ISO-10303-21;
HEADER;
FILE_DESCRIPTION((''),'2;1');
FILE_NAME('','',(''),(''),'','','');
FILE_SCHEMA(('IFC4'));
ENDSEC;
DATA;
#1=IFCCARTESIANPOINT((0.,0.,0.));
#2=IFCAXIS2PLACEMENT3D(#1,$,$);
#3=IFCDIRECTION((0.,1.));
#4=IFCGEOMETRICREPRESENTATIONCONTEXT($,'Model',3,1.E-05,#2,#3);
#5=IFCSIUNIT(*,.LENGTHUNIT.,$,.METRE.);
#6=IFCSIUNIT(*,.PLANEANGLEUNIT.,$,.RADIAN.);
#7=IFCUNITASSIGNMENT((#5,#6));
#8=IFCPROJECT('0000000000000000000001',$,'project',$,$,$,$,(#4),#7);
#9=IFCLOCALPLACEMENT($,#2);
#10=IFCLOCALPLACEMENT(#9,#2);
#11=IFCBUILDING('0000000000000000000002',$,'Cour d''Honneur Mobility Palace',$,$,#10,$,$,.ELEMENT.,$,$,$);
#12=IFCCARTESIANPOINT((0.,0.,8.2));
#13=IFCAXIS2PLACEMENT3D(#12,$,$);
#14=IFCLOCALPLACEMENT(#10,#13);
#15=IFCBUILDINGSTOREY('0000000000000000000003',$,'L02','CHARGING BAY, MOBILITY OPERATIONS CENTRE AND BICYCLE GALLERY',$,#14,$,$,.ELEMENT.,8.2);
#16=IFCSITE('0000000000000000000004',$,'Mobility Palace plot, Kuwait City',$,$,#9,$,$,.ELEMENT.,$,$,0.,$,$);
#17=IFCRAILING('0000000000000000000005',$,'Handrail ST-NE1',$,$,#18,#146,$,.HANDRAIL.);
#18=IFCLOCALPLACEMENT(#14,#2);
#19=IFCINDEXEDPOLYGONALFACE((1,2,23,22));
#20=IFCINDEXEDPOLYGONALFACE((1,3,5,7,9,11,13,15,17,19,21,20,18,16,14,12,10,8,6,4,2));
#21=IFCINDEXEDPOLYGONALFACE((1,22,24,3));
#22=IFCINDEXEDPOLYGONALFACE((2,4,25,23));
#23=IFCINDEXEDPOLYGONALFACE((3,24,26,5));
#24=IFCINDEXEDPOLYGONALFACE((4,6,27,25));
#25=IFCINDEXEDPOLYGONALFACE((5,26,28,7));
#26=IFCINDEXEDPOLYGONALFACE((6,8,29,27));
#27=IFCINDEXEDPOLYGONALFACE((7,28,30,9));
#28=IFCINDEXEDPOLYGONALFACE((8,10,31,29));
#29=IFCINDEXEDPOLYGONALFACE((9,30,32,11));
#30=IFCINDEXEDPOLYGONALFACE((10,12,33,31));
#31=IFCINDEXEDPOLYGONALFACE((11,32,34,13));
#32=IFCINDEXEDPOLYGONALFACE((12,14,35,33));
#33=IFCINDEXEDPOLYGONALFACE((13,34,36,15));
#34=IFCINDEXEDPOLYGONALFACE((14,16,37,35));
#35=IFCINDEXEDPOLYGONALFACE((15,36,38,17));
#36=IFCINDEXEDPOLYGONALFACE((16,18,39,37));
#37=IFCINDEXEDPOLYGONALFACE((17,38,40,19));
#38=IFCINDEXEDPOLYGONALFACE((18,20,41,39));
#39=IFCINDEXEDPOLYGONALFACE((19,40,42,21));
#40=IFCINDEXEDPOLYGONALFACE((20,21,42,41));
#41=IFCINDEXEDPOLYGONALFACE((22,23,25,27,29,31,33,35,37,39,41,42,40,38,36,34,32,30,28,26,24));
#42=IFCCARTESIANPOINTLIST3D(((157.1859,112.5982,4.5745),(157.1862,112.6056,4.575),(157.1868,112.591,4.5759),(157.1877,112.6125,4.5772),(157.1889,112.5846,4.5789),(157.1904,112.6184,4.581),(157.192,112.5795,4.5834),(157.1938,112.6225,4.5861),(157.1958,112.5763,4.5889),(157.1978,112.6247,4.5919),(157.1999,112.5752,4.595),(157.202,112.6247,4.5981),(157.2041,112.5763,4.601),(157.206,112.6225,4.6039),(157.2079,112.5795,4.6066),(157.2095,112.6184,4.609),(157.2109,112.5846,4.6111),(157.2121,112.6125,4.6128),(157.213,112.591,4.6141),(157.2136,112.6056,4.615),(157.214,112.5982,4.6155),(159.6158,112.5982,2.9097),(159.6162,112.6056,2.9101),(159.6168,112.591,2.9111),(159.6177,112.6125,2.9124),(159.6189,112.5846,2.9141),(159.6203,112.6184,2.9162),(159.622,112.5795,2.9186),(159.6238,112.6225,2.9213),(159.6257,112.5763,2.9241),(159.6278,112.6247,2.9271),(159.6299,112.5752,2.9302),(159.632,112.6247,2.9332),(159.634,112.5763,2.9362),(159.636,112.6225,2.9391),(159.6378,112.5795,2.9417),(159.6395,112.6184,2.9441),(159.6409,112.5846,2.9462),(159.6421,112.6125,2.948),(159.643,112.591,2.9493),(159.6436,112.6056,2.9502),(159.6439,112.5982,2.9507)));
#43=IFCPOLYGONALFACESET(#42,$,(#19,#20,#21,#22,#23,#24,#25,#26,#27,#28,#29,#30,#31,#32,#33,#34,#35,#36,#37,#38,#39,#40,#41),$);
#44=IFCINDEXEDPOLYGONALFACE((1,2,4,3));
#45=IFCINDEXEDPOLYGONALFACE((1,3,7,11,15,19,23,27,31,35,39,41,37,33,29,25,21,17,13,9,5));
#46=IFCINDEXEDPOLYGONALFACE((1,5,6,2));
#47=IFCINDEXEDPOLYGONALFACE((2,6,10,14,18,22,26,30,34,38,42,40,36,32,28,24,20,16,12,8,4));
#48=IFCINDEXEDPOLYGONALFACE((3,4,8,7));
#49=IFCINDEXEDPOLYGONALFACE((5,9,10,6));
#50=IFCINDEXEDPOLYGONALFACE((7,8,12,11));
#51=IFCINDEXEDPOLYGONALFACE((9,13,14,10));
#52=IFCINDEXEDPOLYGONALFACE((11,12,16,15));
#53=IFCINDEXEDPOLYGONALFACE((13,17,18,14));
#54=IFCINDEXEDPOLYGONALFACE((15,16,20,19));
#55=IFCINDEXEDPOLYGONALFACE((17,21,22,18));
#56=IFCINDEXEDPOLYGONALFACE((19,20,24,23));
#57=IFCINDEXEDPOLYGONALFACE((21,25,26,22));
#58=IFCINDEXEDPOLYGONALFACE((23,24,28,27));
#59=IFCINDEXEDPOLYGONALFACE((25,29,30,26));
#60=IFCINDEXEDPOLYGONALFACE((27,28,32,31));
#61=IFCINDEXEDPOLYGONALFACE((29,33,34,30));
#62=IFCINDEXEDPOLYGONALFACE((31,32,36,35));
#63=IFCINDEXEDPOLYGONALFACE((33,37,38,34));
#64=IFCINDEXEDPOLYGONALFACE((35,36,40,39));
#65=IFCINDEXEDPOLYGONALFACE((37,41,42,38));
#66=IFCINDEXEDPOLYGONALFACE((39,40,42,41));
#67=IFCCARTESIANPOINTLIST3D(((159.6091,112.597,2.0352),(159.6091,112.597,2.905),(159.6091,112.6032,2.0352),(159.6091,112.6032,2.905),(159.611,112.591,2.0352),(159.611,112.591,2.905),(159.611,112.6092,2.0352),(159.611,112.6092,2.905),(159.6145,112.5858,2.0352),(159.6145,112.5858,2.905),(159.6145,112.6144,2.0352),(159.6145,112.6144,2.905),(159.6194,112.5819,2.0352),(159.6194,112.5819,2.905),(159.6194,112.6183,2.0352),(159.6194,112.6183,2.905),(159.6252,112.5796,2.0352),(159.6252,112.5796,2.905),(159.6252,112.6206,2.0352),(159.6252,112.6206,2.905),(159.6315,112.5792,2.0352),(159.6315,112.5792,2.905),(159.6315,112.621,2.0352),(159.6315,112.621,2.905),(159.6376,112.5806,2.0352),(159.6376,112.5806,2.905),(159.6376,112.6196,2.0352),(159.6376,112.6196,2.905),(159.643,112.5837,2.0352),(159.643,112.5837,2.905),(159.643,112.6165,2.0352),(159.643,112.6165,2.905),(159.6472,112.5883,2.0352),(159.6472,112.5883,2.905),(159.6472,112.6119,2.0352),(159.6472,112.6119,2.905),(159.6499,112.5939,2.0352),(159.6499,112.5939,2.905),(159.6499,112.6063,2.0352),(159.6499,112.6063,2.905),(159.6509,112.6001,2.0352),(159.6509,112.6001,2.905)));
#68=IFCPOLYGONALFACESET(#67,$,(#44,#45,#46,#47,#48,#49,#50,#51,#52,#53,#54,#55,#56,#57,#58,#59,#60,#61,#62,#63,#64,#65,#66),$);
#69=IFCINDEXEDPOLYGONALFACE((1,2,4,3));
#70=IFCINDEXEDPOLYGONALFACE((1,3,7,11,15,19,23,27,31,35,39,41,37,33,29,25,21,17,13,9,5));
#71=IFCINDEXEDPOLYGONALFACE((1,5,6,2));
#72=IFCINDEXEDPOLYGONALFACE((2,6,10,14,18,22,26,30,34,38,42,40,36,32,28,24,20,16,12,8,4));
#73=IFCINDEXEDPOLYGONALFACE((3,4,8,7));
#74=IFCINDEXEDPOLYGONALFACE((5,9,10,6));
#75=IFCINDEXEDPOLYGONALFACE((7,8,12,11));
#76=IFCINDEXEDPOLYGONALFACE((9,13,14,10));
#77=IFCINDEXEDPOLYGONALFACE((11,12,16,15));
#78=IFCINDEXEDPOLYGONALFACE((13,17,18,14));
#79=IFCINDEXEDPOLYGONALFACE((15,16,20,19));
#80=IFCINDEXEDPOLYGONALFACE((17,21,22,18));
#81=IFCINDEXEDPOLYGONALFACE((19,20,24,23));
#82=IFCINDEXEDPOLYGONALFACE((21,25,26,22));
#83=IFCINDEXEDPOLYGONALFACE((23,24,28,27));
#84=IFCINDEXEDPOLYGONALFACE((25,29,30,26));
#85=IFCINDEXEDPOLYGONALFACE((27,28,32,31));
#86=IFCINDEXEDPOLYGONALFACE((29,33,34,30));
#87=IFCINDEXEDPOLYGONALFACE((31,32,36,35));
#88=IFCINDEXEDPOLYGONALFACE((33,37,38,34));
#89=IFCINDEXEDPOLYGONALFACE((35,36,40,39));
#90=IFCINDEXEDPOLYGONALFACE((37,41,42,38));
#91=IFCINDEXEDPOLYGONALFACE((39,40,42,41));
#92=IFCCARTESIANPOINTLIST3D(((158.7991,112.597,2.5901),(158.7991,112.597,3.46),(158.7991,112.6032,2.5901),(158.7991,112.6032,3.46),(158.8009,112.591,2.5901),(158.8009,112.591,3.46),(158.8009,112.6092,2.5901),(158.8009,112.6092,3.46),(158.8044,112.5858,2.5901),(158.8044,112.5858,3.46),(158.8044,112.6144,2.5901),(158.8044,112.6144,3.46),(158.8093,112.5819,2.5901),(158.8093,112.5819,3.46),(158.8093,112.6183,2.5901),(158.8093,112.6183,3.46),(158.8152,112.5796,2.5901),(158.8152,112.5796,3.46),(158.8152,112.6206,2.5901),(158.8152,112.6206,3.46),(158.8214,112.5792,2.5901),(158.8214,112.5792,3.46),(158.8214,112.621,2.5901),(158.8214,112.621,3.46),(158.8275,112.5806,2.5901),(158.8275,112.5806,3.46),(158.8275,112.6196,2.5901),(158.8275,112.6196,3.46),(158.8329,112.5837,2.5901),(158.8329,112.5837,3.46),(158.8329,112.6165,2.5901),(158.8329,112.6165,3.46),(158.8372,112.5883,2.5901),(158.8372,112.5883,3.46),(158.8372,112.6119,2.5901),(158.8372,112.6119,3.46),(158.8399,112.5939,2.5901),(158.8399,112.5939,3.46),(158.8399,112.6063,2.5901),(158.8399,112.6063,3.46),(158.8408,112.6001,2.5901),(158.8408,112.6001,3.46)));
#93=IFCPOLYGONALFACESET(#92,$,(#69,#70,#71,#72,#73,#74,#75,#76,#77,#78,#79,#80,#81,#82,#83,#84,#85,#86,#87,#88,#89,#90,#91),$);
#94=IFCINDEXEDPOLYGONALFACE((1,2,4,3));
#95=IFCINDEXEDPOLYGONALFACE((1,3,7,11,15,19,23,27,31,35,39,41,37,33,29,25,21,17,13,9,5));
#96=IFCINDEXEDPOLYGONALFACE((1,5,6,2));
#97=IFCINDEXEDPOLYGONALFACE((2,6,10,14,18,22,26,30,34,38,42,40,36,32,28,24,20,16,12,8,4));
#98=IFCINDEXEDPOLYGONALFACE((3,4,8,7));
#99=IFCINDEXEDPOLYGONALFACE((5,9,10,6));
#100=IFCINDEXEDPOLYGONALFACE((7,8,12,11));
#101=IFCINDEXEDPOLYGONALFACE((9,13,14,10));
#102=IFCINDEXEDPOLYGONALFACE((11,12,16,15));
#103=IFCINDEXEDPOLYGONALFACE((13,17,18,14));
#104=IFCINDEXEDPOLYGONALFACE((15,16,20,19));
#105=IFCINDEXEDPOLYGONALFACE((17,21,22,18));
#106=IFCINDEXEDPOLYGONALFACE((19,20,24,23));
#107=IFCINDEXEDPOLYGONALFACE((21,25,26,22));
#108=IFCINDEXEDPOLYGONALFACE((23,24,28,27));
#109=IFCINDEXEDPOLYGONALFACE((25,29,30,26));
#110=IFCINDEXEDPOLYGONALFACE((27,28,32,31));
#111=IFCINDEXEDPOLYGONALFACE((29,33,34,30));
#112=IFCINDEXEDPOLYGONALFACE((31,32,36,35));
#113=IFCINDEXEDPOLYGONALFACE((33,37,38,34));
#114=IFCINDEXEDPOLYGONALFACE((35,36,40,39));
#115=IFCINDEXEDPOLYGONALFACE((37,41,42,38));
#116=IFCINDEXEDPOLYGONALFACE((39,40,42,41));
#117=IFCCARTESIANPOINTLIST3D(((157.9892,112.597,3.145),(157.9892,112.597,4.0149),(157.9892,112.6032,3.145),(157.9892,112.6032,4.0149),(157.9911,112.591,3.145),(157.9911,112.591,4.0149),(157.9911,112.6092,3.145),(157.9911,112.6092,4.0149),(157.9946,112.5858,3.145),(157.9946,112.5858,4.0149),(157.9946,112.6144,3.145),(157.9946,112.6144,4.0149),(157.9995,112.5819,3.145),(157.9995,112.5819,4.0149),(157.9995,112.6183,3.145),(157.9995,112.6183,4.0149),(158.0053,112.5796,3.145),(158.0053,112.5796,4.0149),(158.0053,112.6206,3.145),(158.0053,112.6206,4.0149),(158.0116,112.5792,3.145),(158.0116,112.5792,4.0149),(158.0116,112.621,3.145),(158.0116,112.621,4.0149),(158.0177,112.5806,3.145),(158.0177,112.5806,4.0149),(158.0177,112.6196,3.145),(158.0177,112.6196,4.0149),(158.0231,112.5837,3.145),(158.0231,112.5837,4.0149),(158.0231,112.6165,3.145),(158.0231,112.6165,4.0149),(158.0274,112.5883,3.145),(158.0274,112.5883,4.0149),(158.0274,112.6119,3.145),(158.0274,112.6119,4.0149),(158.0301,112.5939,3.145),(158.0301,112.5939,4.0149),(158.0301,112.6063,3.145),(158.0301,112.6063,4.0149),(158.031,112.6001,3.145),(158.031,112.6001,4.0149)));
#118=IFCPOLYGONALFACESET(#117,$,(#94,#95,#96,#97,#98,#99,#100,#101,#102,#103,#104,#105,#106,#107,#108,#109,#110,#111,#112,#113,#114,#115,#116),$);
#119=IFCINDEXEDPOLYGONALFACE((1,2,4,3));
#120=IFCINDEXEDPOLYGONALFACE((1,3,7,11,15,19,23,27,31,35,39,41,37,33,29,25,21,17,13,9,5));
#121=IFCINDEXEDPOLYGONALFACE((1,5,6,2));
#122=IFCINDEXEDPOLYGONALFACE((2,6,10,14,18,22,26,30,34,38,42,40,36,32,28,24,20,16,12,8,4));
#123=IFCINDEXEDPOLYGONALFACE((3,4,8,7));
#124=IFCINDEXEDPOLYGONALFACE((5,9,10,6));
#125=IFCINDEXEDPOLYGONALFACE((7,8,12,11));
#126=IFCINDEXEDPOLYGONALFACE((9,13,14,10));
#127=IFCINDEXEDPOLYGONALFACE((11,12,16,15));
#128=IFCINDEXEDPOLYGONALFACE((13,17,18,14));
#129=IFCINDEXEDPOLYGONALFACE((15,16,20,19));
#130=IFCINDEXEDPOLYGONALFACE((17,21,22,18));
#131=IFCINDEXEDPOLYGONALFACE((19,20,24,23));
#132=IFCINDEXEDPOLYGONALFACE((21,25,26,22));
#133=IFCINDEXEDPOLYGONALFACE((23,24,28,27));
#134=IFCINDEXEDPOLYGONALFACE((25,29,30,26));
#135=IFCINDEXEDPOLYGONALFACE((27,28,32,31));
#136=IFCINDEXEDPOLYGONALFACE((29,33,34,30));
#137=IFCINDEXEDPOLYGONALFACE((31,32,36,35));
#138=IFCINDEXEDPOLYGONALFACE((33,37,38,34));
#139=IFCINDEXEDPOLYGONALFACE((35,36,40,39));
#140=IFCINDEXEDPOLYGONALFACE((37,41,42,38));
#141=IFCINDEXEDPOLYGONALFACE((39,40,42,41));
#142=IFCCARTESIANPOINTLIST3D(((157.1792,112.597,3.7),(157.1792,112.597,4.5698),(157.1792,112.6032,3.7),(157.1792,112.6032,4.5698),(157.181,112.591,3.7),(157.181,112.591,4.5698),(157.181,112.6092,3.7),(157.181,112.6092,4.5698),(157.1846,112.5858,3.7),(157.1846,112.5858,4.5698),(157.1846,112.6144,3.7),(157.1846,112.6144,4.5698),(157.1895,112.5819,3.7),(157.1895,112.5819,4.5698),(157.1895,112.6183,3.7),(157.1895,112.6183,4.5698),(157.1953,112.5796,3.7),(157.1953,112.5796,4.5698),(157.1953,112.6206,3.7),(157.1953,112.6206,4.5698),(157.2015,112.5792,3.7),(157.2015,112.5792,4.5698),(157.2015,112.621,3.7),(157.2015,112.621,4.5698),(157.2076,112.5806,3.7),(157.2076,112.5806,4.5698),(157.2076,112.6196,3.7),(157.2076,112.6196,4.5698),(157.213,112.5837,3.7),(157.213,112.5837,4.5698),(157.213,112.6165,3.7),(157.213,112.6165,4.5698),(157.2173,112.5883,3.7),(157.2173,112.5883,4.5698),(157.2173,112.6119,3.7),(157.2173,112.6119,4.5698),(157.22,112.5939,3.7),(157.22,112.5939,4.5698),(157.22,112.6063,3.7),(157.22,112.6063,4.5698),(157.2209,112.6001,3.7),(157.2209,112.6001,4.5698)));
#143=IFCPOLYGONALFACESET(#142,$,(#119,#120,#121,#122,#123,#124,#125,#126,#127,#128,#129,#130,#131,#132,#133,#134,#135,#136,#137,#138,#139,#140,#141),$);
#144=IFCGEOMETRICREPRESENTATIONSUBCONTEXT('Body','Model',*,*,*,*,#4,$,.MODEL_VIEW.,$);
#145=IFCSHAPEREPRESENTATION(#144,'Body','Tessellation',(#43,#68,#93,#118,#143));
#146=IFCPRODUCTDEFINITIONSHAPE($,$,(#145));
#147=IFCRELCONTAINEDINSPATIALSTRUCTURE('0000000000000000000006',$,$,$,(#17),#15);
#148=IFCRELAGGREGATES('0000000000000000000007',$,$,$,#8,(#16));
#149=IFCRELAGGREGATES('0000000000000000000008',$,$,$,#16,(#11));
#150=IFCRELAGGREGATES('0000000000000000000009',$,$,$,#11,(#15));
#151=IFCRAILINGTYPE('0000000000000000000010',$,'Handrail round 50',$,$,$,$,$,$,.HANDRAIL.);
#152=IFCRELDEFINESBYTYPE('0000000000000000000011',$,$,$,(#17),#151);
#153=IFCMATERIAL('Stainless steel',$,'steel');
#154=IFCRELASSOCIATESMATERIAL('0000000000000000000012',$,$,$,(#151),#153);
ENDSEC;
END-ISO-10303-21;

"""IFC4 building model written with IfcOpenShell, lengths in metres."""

from ifc_helpers import new_model, si_unit, direction, frame, origin, origin_2d, place, context, subcontext, project, spatial, circle, extrude, material, type_object, element, save


model = new_model("IFC4")

# Units and contexts
model_context = context("Model", 3, precision=1e-05, world=origin(), true_north=direction((0.0, 1.0)))
body_context = subcontext(model_context, "Body", "Model", "MODEL_VIEW")
ifc_project = project(units=[si_unit("LENGTHUNIT", "METRE"), si_unit("PLANEANGLEUNIT", "RADIAN")], contexts=[model_context])

# Site, building, storey
site_placement = place(None, origin())
site = spatial("IfcSite", under=ifc_project, at=site_placement, Name="Mobility Palace plot, Kuwait City", CompositionType="ELEMENT", RefElevation=0.0)
building_placement = place(site_placement, origin())
building = spatial("IfcBuilding", under=site, at=building_placement, Name="Cour d'Honneur Mobility Palace", CompositionType="ELEMENT")
storey_placement = place(building_placement, frame((0.0, 0.0, 8.2)))
storey = spatial("IfcBuildingStorey", under=building, at=storey_placement, Name="L02", Description="CHARGING BAY, MOBILITY OPERATIONS CENTRE AND BICYCLE GALLERY", CompositionType="ELEMENT", Elevation=8.2)

# Railing
ifc_material_1 = material(Name="Stainless steel", Category="steel")
railing_type_1 = type_object("IfcRailingType", Name="Handrail round 50", PredefinedType="HANDRAIL", material=ifc_material_1)
railing_1_placement = place(storey_placement, frame((159.6299, 112.6001, 2.0352)))
element("IfcRailing", 1, at=railing_1_placement, inside=storey, type_object=railing_type_1, Name="Handrail ST-NE1", PredefinedType="HANDRAIL", context=body_context, shape_type="SweptSolid", body=[
    extrude(circle(Radius=0.0249, at=origin_2d()), frame((0.0, 0.0, 0.895), z_axis=(-0.824957, 0.0, 0.565195), x_axis=(0.0, -1.0, 0.0)), (0.0, 0.0, 1.0), 2.9456),
    extrude(circle(Radius=0.021, at=origin_2d()), origin(), (0.0, 0.0, 1.0), 0.8699),
    extrude(circle(Radius=0.021, at=origin_2d()), frame((-0.8101, 0.0, 0.5549)), (0.0, 0.0, 1.0), 0.8699),
    extrude(circle(Radius=0.021, at=origin_2d()), frame((-1.6199, 0.0, 1.1099)), (0.0, 0.0, 1.0), 0.8699),
    extrude(circle(Radius=0.021, at=origin_2d()), frame((-2.4299, 0.0, 1.6648)), (0.0, 0.0, 1.0), 0.8699),
])

save(model, "model.ifc")
